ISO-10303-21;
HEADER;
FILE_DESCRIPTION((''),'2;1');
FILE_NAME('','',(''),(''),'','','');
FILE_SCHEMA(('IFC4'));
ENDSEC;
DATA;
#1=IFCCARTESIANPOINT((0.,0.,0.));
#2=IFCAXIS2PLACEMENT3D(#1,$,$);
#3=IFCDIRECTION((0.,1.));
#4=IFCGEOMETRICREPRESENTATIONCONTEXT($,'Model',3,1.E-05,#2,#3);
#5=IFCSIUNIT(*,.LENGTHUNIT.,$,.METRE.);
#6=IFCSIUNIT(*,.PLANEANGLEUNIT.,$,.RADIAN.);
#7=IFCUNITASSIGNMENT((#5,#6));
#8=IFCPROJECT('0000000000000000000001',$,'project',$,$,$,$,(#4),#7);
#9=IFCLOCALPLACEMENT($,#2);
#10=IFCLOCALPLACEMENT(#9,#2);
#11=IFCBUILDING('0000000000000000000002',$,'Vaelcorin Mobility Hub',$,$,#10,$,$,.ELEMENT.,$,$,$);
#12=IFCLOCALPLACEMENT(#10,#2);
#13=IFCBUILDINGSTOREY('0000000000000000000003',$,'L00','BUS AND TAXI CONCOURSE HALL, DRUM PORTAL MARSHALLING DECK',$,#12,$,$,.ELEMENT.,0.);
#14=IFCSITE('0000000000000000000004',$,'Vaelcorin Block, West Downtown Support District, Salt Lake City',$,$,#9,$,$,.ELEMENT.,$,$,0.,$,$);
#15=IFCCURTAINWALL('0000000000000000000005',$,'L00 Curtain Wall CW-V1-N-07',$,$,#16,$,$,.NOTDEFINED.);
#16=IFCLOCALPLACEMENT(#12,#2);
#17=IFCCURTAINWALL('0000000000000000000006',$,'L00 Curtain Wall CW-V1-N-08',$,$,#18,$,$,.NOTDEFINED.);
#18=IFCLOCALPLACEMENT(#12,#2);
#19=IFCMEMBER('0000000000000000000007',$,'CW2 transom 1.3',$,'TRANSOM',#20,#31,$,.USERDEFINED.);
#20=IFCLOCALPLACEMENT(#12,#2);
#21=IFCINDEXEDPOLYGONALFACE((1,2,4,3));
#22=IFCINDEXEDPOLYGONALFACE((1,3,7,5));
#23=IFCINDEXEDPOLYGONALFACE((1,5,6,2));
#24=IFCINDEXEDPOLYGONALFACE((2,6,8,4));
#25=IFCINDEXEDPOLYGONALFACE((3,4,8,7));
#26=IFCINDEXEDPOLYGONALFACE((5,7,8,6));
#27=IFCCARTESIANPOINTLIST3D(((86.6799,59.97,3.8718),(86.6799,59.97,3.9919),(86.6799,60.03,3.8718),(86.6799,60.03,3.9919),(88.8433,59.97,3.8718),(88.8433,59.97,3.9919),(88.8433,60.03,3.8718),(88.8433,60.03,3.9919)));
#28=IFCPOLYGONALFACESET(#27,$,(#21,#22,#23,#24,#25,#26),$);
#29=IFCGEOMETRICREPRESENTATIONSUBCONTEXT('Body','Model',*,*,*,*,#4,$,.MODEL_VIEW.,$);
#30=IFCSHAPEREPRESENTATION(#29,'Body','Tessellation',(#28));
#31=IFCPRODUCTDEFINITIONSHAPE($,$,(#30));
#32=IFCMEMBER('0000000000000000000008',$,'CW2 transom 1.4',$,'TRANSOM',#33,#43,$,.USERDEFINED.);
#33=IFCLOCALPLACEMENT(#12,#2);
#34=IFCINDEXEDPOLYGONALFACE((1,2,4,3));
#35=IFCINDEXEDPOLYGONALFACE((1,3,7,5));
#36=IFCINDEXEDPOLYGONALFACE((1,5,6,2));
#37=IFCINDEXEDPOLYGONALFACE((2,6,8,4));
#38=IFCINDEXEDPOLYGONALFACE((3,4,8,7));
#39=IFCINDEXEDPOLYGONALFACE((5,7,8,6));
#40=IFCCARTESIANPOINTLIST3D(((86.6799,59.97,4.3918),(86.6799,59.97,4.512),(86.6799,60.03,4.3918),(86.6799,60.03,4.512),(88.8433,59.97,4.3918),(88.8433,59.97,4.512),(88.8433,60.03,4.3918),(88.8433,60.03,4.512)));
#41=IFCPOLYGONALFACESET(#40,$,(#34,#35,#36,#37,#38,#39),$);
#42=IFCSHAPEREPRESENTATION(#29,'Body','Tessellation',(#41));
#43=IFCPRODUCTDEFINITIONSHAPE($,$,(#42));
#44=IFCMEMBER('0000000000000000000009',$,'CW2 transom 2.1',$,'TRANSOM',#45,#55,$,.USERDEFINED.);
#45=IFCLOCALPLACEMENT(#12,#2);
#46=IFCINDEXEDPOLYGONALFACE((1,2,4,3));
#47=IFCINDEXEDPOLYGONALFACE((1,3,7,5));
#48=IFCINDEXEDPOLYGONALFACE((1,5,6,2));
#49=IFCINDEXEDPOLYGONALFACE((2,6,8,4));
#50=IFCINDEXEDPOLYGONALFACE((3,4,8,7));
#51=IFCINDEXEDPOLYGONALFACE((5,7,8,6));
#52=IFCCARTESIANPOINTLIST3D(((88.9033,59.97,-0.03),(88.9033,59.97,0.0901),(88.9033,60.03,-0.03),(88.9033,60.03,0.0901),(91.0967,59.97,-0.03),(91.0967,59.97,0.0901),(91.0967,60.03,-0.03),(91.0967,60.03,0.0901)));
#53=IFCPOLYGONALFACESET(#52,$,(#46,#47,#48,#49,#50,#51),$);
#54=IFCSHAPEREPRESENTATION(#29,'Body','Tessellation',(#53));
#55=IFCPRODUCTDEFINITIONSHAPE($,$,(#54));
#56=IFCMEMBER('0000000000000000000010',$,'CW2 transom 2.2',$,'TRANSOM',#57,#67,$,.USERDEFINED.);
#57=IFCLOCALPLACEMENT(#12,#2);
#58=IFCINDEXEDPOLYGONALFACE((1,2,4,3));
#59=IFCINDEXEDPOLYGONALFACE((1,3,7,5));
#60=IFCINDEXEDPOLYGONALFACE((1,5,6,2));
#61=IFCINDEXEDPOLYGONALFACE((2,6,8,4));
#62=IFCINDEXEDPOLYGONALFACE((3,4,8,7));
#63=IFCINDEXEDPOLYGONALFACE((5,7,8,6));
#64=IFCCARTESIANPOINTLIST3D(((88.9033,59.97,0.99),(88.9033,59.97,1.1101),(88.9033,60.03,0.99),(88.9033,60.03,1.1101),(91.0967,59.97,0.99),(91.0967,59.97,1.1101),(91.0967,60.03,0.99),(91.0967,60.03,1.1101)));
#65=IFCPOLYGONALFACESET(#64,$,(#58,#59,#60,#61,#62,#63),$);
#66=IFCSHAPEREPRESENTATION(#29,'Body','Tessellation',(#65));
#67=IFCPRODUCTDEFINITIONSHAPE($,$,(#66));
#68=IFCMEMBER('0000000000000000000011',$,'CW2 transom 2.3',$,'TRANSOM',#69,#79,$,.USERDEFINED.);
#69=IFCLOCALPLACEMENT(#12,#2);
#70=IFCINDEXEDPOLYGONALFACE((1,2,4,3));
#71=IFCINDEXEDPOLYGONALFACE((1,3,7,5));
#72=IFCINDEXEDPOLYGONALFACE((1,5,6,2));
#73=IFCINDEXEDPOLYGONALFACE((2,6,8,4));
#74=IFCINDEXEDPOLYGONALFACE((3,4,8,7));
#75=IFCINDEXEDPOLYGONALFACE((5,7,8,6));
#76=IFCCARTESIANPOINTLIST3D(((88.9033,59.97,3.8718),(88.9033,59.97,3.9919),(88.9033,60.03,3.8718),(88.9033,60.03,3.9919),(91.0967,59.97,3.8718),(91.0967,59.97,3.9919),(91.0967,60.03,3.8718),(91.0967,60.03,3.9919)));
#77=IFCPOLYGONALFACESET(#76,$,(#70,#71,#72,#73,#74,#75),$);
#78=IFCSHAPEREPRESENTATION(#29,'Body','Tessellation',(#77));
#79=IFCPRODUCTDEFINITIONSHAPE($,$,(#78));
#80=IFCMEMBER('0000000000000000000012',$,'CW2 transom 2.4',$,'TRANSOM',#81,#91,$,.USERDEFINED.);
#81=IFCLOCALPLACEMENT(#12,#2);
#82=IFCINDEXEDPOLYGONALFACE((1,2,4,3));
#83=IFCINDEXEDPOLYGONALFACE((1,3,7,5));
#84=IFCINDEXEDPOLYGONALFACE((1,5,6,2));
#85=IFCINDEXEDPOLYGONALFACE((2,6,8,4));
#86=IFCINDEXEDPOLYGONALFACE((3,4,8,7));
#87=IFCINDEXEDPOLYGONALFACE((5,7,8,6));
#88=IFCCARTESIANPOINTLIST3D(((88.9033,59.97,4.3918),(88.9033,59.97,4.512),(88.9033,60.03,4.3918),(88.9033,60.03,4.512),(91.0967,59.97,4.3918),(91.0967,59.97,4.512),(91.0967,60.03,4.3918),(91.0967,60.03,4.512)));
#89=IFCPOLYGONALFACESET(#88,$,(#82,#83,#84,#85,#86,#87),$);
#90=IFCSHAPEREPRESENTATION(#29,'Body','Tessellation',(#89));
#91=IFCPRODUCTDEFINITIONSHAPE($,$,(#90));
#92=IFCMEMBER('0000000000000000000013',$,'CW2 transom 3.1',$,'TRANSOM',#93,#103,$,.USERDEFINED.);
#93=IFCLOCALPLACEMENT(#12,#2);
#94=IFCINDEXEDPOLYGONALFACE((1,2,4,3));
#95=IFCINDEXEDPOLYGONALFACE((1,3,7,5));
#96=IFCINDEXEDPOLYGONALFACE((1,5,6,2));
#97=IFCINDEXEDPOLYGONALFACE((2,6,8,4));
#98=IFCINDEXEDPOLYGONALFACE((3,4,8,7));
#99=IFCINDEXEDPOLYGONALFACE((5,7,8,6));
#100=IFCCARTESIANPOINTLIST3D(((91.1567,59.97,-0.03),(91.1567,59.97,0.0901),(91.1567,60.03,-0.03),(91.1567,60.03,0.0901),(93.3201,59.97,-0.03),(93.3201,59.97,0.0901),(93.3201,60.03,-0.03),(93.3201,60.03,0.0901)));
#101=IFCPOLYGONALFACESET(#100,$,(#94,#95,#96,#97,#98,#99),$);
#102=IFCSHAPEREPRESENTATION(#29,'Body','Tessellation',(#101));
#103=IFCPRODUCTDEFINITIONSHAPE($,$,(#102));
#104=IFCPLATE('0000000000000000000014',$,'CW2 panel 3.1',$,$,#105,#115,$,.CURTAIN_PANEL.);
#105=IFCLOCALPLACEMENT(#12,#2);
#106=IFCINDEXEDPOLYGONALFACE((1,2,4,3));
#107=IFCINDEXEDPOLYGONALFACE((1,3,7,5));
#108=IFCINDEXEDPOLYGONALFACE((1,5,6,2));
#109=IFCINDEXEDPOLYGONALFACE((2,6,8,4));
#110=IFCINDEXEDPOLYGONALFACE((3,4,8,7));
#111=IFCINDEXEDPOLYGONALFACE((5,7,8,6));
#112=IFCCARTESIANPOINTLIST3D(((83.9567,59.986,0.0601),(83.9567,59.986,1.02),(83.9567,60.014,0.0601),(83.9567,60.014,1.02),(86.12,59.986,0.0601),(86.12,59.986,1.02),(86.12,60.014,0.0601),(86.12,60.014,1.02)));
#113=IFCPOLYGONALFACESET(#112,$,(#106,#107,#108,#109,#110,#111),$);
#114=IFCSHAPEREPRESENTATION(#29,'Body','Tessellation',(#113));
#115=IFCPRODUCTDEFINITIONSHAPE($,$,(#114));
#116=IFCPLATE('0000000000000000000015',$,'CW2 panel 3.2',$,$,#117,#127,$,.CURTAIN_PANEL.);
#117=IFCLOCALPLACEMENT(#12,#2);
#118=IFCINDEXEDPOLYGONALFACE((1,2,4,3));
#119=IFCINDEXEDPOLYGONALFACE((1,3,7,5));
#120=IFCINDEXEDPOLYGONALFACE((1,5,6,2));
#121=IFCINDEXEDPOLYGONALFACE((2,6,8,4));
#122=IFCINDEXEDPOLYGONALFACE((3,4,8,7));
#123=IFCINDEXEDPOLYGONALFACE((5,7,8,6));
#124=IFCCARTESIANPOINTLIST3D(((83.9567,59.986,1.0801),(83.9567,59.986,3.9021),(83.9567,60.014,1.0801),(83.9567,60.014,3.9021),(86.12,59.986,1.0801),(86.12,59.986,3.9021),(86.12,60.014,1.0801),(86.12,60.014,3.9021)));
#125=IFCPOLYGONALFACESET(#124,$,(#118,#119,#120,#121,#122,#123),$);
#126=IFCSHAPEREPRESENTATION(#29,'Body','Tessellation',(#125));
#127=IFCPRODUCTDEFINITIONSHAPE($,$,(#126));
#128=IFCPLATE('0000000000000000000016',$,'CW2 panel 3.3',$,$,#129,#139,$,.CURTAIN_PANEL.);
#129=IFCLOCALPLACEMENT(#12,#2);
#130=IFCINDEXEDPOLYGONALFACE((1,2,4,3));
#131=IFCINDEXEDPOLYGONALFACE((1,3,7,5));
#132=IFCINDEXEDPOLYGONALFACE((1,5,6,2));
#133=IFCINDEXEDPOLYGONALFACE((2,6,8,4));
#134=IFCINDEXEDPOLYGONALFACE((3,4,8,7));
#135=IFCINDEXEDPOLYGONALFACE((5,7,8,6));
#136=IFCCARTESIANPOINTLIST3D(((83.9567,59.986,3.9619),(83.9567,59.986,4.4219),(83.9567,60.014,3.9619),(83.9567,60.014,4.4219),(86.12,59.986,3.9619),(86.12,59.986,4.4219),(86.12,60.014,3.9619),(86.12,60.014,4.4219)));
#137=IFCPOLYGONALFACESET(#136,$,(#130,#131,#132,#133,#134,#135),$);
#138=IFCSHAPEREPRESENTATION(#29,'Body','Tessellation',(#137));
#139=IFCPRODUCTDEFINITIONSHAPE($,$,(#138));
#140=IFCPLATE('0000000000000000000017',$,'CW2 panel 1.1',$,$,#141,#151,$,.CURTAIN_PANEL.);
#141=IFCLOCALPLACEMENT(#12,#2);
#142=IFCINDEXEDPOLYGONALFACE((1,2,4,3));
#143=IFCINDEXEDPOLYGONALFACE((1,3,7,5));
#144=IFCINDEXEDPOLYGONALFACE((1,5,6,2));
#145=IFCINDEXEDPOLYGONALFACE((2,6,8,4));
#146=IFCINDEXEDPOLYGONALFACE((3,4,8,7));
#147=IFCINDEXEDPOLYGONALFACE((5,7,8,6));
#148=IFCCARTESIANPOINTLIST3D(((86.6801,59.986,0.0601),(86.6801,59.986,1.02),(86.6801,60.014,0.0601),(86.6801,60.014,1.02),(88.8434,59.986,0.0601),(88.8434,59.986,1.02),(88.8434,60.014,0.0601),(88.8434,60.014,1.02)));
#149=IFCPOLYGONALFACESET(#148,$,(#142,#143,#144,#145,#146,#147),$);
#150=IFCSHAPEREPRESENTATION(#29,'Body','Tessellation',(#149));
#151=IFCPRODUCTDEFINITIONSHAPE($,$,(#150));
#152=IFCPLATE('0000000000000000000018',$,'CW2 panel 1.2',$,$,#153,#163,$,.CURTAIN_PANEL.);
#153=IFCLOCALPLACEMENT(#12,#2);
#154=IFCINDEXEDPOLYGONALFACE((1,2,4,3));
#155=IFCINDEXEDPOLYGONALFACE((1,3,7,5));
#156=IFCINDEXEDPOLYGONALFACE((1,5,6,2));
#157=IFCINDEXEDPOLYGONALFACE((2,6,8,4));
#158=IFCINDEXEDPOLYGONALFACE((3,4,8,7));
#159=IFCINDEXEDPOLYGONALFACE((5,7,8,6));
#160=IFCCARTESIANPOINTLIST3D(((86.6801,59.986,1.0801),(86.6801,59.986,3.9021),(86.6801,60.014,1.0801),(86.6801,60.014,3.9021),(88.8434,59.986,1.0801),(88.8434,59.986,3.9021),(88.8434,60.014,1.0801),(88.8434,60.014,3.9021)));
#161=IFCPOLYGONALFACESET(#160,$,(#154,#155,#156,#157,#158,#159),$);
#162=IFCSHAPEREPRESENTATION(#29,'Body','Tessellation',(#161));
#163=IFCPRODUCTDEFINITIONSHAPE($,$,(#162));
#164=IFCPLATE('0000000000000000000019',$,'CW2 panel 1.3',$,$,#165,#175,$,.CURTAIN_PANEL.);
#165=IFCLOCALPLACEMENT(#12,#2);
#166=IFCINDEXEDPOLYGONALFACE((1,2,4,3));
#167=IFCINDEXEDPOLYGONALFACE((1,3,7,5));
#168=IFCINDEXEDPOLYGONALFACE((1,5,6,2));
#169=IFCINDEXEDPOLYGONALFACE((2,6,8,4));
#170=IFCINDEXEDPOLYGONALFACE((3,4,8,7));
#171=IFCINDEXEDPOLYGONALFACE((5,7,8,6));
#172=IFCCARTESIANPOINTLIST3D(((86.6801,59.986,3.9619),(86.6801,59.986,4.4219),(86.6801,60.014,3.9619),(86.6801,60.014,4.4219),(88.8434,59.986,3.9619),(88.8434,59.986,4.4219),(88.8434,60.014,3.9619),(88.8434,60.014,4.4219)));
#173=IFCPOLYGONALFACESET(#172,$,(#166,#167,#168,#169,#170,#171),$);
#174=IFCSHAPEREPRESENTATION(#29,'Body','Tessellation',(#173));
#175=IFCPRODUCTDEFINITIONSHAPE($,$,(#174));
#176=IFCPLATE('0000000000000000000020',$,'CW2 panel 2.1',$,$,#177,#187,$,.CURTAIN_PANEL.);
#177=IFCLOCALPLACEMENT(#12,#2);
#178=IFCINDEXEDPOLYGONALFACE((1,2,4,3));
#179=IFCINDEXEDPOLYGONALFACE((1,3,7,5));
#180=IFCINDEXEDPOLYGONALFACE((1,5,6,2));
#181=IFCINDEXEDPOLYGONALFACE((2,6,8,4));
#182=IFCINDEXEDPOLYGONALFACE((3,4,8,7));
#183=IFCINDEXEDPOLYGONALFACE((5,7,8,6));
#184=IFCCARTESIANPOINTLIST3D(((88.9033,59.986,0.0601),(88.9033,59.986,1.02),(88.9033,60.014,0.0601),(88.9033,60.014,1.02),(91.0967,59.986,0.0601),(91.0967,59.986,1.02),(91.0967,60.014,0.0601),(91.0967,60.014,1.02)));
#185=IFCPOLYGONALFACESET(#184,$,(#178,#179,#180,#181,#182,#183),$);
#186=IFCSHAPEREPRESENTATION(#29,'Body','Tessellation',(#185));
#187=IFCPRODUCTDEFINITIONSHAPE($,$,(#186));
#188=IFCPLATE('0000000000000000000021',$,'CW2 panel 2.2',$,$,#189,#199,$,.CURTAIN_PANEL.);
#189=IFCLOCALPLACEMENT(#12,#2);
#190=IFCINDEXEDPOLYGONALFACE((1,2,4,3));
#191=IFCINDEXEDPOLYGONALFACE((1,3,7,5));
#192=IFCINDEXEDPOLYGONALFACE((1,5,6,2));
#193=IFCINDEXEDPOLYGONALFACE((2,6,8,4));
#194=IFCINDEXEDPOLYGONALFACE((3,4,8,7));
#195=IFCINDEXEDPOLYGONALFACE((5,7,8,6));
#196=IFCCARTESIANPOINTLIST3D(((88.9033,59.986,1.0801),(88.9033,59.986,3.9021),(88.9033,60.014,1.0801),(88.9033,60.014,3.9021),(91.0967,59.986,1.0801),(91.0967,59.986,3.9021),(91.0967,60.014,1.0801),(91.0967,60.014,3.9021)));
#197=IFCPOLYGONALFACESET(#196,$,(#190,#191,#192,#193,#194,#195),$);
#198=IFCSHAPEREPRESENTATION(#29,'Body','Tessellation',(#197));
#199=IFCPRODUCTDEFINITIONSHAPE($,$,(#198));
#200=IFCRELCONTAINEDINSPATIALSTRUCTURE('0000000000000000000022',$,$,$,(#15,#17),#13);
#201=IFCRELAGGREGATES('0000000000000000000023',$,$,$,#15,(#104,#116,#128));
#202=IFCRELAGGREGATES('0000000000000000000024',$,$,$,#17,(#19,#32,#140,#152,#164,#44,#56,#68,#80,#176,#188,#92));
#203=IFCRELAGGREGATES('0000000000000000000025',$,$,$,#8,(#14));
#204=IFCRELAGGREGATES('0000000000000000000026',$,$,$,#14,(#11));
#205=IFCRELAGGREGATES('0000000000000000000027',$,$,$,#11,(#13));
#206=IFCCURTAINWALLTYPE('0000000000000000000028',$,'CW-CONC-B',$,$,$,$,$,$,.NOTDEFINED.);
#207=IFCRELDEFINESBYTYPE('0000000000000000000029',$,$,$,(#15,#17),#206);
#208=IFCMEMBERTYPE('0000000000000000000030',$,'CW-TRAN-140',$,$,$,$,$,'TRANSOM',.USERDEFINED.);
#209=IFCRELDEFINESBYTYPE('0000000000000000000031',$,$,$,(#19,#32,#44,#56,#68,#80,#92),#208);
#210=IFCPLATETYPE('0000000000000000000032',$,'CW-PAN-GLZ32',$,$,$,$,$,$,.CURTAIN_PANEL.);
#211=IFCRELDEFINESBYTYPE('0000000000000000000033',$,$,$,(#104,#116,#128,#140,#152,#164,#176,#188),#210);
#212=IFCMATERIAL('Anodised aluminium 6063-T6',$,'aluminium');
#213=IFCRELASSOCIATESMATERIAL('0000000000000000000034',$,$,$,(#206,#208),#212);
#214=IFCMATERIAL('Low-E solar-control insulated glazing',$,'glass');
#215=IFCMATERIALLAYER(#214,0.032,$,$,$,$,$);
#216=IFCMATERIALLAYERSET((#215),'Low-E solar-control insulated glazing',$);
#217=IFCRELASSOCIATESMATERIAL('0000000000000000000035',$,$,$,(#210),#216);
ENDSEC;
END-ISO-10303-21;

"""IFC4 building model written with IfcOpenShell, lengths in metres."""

from ifc_helpers import new_model, si_unit, direction, frame, origin, origin_2d, place, context, subcontext, project, spatial, rectangle, extrude, material, layer, layer_set, material_profile, profile_set, type_object, element, aggregate, save


model = new_model("IFC4")

# Units and contexts
model_context = context("Model", 3, precision=1e-05, world=origin(), true_north=direction((0.0, 1.0)))
body_context = subcontext(model_context, "Body", "Model", "MODEL_VIEW")
ifc_project = project(units=[si_unit("LENGTHUNIT", "METRE"), si_unit("PLANEANGLEUNIT", "RADIAN")], contexts=[model_context])

# Site, building, storey
site_placement = place(None, origin())
site = spatial("IfcSite", under=ifc_project, at=site_placement, Name="Vaelcorin Block, West Downtown Support District, Salt Lake City", CompositionType="ELEMENT", RefElevation=0.0)
building_placement = place(site_placement, origin())
building = spatial("IfcBuilding", under=site, at=building_placement, Name="Vaelcorin Mobility Hub", CompositionType="ELEMENT")
storey_placement = place(building_placement, origin())
storey = spatial("IfcBuildingStorey", under=building, at=storey_placement, Name="L00", Description="BUS AND TAXI CONCOURSE HALL, DRUM PORTAL MARSHALLING DECK", CompositionType="ELEMENT", Elevation=0.0)

# Curtain wall
ifc_material_1 = material(Name="Anodised aluminium 6063-T6", Category="aluminium")
curtain_wall_type = type_object("IfcCurtainWallType", Name="CW-CONC-B", PredefinedType="NOTDEFINED", material=ifc_material_1)
curtain_wall_1_placement = place(storey_placement, origin())
curtain_wall_1 = element("IfcCurtainWall", 1, at=curtain_wall_1_placement, inside=storey, type_object=curtain_wall_type, Name="L00 Curtain Wall CW-V1-N-07", PredefinedType="NOTDEFINED")

# Curtain wall
curtain_wall_2_placement = place(storey_placement, origin())
curtain_wall_2 = element("IfcCurtainWall", 2, at=curtain_wall_2_placement, inside=storey, type_object=curtain_wall_type, Name="L00 Curtain Wall CW-V1-N-08", PredefinedType="NOTDEFINED")

# Members
ifc_material_profile_1 = material_profile(ifc_material_1, rectangle(XDim=0.0601, YDim=0.1201, at=origin_2d()), Name="ALU-T60X120")
ifc_profile_set_1 = profile_set([ifc_material_profile_1], Name="Anodised aluminium 6063-T6")
member_type_1 = type_object("IfcMemberType", Name="CW-TRAN-140", ElementType="TRANSOM", PredefinedType="USERDEFINED", material=ifc_profile_set_1)
member_1_placement = place(storey_placement, frame((86.6799, 60.0, 3.9319), z_axis=(1.0, 0.0, 0.0), x_axis=(0.0, 1.0, 0.0)))
member_1 = element("IfcMember", 3, at=member_1_placement, type_object=member_type_1, Name="CW2 transom 1.3", ObjectType="TRANSOM", PredefinedType="USERDEFINED", context=body_context, shape_type="SweptSolid", body=[
    extrude(rectangle(XDim=0.0601, YDim=0.1201, at=origin_2d()), origin(), (0.0, 0.0, 1.0), 2.1633),
])
member_2_placement = place(storey_placement, frame((86.6799, 60.0, 4.4519), z_axis=(1.0, 0.0, 0.0), x_axis=(0.0, 1.0, 0.0)))
member_2 = element("IfcMember", 4, at=member_2_placement, type_object=member_type_1, Name="CW2 transom 1.4", ObjectType="TRANSOM", PredefinedType="USERDEFINED", context=body_context, shape_type="SweptSolid", body=[
    extrude(rectangle(XDim=0.0601, YDim=0.1201, at=origin_2d()), origin(), (0.0, 0.0, 1.0), 2.1633),
])
member_3_placement = place(storey_placement, frame((88.9033, 60.0, 0.03), z_axis=(1.0, 0.0, 0.0), x_axis=(0.0, 1.0, 0.0)))
member_3 = element("IfcMember", 5, at=member_3_placement, type_object=member_type_1, Name="CW2 transom 2.1", ObjectType="TRANSOM", PredefinedType="USERDEFINED", context=body_context, shape_type="SweptSolid", body=[
    extrude(rectangle(XDim=0.0601, YDim=0.1201, at=origin_2d()), origin(), (0.0, 0.0, 1.0), 2.1934),
])
member_4_placement = place(storey_placement, frame((88.9033, 60.0, 1.05), z_axis=(1.0, 0.0, 0.0), x_axis=(0.0, 1.0, 0.0)))
member_4 = element("IfcMember", 6, at=member_4_placement, type_object=member_type_1, Name="CW2 transom 2.2", ObjectType="TRANSOM", PredefinedType="USERDEFINED", context=body_context, shape_type="SweptSolid", body=[
    extrude(rectangle(XDim=0.0601, YDim=0.1201, at=origin_2d()), origin(), (0.0, 0.0, 1.0), 2.1934),
])
member_5_placement = place(storey_placement, frame((88.9033, 60.0, 3.9319), z_axis=(1.0, 0.0, 0.0), x_axis=(0.0, 1.0, 0.0)))
member_5 = element("IfcMember", 7, at=member_5_placement, type_object=member_type_1, Name="CW2 transom 2.3", ObjectType="TRANSOM", PredefinedType="USERDEFINED", context=body_context, shape_type="SweptSolid", body=[
    extrude(rectangle(XDim=0.0601, YDim=0.1201, at=origin_2d()), origin(), (0.0, 0.0, 1.0), 2.1934),
])
member_6_placement = place(storey_placement, frame((88.9033, 60.0, 4.4519), z_axis=(1.0, 0.0, 0.0), x_axis=(0.0, 1.0, 0.0)))
member_6 = element("IfcMember", 8, at=member_6_placement, type_object=member_type_1, Name="CW2 transom 2.4", ObjectType="TRANSOM", PredefinedType="USERDEFINED", context=body_context, shape_type="SweptSolid", body=[
    extrude(rectangle(XDim=0.0601, YDim=0.1201, at=origin_2d()), origin(), (0.0, 0.0, 1.0), 2.1934),
])
member_7_placement = place(storey_placement, frame((91.1567, 60.0, 0.03), z_axis=(1.0, 0.0, 0.0), x_axis=(0.0, 1.0, 0.0)))
member_7 = element("IfcMember", 9, at=member_7_placement, type_object=member_type_1, Name="CW2 transom 3.1", ObjectType="TRANSOM", PredefinedType="USERDEFINED", context=body_context, shape_type="SweptSolid", body=[
    extrude(rectangle(XDim=0.0601, YDim=0.1201, at=origin_2d()), origin(), (0.0, 0.0, 1.0), 2.1633),
])

# Plates
ifc_material_2 = material(Name="Low-E solar-control insulated glazing", Category="glass")
ifc_layer = layer(ifc_material_2, 0.032)
ifc_layer_set = layer_set([ifc_layer], Name="Low-E solar-control insulated glazing")
plate_type = type_object("IfcPlateType", Name="CW-PAN-GLZ32", PredefinedType="CURTAIN_PANEL", material=ifc_layer_set)
plate_1_placement = place(storey_placement, frame((85.0383, 60.0, 0.0601), z_axis=(0.0, 0.0, 1.0), x_axis=(1.0, 0.0, 0.0)))
plate_1 = element("IfcPlate", 10, at=plate_1_placement, type_object=plate_type, Name="CW2 panel 3.1", PredefinedType="CURTAIN_PANEL", context=body_context, shape_type="SweptSolid", body=[
    extrude(rectangle(XDim=2.1633, YDim=0.0281, at=origin_2d()), origin(), (0.0, 0.0, 1.0), 0.96),
])
plate_2_placement = place(storey_placement, frame((85.0383, 60.0, 1.0801), z_axis=(0.0, 0.0, 1.0), x_axis=(1.0, 0.0, 0.0)))
plate_2 = element("IfcPlate", 11, at=plate_2_placement, type_object=plate_type, Name="CW2 panel 3.2", PredefinedType="CURTAIN_PANEL", context=body_context, shape_type="SweptSolid", body=[
    extrude(rectangle(XDim=2.1633, YDim=0.0281, at=origin_2d()), origin(), (0.0, 0.0, 1.0), 2.822),
])
plate_3_placement = place(storey_placement, frame((85.0383, 60.0, 3.9619), z_axis=(0.0, 0.0, 1.0), x_axis=(1.0, 0.0, 0.0)))
plate_3 = element("IfcPlate", 12, at=plate_3_placement, type_object=plate_type, Name="CW2 panel 3.3", PredefinedType="CURTAIN_PANEL", context=body_context, shape_type="SweptSolid", body=[
    extrude(rectangle(XDim=2.1633, YDim=0.0281, at=origin_2d()), origin(), (0.0, 0.0, 1.0), 0.46),
])
aggregate(curtain_wall_1, [plate_1, plate_2, plate_3])
plate_4_placement = place(storey_placement, frame((87.7617, 60.0, 0.0601), z_axis=(0.0, 0.0, 1.0), x_axis=(1.0, 0.0, 0.0)))
plate_4 = element("IfcPlate", 13, at=plate_4_placement, type_object=plate_type, Name="CW2 panel 1.1", PredefinedType="CURTAIN_PANEL", context=body_context, shape_type="SweptSolid", body=[
    extrude(rectangle(XDim=2.1633, YDim=0.0281, at=origin_2d()), origin(), (0.0, 0.0, 1.0), 0.96),
])
plate_5_placement = place(storey_placement, frame((87.7617, 60.0, 1.0801), z_axis=(0.0, 0.0, 1.0), x_axis=(1.0, 0.0, 0.0)))
plate_5 = element("IfcPlate", 14, at=plate_5_placement, type_object=plate_type, Name="CW2 panel 1.2", PredefinedType="CURTAIN_PANEL", context=body_context, shape_type="SweptSolid", body=[
    extrude(rectangle(XDim=2.1633, YDim=0.0281, at=origin_2d()), origin(), (0.0, 0.0, 1.0), 2.822),
])
plate_6_placement = place(storey_placement, frame((87.7617, 60.0, 3.9619), z_axis=(0.0, 0.0, 1.0), x_axis=(1.0, 0.0, 0.0)))
plate_6 = element("IfcPlate", 15, at=plate_6_placement, type_object=plate_type, Name="CW2 panel 1.3", PredefinedType="CURTAIN_PANEL", context=body_context, shape_type="SweptSolid", body=[
    extrude(rectangle(XDim=2.1633, YDim=0.0281, at=origin_2d()), origin(), (0.0, 0.0, 1.0), 0.46),
])
plate_7_placement = place(storey_placement, frame((90.0, 60.0, 0.0601), z_axis=(0.0, 0.0, 1.0), x_axis=(1.0, 0.0, 0.0)))
plate_7 = element("IfcPlate", 16, at=plate_7_placement, type_object=plate_type, Name="CW2 panel 2.1", PredefinedType="CURTAIN_PANEL", context=body_context, shape_type="SweptSolid", body=[
    extrude(rectangle(XDim=2.1934, YDim=0.0281, at=origin_2d()), origin(), (0.0, 0.0, 1.0), 0.96),
])
plate_8_placement = place(storey_placement, frame((90.0, 60.0, 1.0801), z_axis=(0.0, 0.0, 1.0), x_axis=(1.0, 0.0, 0.0)))
plate_8 = element("IfcPlate", 17, at=plate_8_placement, type_object=plate_type, Name="CW2 panel 2.2", PredefinedType="CURTAIN_PANEL", context=body_context, shape_type="SweptSolid", body=[
    extrude(rectangle(XDim=2.1934, YDim=0.0281, at=origin_2d()), origin(), (0.0, 0.0, 1.0), 2.822),
])
aggregate(curtain_wall_2, [member_1, member_2, plate_4, plate_5, plate_6, member_3, member_4, member_5, member_6, plate_7, plate_8, member_7])

save(model, "model.ifc")
